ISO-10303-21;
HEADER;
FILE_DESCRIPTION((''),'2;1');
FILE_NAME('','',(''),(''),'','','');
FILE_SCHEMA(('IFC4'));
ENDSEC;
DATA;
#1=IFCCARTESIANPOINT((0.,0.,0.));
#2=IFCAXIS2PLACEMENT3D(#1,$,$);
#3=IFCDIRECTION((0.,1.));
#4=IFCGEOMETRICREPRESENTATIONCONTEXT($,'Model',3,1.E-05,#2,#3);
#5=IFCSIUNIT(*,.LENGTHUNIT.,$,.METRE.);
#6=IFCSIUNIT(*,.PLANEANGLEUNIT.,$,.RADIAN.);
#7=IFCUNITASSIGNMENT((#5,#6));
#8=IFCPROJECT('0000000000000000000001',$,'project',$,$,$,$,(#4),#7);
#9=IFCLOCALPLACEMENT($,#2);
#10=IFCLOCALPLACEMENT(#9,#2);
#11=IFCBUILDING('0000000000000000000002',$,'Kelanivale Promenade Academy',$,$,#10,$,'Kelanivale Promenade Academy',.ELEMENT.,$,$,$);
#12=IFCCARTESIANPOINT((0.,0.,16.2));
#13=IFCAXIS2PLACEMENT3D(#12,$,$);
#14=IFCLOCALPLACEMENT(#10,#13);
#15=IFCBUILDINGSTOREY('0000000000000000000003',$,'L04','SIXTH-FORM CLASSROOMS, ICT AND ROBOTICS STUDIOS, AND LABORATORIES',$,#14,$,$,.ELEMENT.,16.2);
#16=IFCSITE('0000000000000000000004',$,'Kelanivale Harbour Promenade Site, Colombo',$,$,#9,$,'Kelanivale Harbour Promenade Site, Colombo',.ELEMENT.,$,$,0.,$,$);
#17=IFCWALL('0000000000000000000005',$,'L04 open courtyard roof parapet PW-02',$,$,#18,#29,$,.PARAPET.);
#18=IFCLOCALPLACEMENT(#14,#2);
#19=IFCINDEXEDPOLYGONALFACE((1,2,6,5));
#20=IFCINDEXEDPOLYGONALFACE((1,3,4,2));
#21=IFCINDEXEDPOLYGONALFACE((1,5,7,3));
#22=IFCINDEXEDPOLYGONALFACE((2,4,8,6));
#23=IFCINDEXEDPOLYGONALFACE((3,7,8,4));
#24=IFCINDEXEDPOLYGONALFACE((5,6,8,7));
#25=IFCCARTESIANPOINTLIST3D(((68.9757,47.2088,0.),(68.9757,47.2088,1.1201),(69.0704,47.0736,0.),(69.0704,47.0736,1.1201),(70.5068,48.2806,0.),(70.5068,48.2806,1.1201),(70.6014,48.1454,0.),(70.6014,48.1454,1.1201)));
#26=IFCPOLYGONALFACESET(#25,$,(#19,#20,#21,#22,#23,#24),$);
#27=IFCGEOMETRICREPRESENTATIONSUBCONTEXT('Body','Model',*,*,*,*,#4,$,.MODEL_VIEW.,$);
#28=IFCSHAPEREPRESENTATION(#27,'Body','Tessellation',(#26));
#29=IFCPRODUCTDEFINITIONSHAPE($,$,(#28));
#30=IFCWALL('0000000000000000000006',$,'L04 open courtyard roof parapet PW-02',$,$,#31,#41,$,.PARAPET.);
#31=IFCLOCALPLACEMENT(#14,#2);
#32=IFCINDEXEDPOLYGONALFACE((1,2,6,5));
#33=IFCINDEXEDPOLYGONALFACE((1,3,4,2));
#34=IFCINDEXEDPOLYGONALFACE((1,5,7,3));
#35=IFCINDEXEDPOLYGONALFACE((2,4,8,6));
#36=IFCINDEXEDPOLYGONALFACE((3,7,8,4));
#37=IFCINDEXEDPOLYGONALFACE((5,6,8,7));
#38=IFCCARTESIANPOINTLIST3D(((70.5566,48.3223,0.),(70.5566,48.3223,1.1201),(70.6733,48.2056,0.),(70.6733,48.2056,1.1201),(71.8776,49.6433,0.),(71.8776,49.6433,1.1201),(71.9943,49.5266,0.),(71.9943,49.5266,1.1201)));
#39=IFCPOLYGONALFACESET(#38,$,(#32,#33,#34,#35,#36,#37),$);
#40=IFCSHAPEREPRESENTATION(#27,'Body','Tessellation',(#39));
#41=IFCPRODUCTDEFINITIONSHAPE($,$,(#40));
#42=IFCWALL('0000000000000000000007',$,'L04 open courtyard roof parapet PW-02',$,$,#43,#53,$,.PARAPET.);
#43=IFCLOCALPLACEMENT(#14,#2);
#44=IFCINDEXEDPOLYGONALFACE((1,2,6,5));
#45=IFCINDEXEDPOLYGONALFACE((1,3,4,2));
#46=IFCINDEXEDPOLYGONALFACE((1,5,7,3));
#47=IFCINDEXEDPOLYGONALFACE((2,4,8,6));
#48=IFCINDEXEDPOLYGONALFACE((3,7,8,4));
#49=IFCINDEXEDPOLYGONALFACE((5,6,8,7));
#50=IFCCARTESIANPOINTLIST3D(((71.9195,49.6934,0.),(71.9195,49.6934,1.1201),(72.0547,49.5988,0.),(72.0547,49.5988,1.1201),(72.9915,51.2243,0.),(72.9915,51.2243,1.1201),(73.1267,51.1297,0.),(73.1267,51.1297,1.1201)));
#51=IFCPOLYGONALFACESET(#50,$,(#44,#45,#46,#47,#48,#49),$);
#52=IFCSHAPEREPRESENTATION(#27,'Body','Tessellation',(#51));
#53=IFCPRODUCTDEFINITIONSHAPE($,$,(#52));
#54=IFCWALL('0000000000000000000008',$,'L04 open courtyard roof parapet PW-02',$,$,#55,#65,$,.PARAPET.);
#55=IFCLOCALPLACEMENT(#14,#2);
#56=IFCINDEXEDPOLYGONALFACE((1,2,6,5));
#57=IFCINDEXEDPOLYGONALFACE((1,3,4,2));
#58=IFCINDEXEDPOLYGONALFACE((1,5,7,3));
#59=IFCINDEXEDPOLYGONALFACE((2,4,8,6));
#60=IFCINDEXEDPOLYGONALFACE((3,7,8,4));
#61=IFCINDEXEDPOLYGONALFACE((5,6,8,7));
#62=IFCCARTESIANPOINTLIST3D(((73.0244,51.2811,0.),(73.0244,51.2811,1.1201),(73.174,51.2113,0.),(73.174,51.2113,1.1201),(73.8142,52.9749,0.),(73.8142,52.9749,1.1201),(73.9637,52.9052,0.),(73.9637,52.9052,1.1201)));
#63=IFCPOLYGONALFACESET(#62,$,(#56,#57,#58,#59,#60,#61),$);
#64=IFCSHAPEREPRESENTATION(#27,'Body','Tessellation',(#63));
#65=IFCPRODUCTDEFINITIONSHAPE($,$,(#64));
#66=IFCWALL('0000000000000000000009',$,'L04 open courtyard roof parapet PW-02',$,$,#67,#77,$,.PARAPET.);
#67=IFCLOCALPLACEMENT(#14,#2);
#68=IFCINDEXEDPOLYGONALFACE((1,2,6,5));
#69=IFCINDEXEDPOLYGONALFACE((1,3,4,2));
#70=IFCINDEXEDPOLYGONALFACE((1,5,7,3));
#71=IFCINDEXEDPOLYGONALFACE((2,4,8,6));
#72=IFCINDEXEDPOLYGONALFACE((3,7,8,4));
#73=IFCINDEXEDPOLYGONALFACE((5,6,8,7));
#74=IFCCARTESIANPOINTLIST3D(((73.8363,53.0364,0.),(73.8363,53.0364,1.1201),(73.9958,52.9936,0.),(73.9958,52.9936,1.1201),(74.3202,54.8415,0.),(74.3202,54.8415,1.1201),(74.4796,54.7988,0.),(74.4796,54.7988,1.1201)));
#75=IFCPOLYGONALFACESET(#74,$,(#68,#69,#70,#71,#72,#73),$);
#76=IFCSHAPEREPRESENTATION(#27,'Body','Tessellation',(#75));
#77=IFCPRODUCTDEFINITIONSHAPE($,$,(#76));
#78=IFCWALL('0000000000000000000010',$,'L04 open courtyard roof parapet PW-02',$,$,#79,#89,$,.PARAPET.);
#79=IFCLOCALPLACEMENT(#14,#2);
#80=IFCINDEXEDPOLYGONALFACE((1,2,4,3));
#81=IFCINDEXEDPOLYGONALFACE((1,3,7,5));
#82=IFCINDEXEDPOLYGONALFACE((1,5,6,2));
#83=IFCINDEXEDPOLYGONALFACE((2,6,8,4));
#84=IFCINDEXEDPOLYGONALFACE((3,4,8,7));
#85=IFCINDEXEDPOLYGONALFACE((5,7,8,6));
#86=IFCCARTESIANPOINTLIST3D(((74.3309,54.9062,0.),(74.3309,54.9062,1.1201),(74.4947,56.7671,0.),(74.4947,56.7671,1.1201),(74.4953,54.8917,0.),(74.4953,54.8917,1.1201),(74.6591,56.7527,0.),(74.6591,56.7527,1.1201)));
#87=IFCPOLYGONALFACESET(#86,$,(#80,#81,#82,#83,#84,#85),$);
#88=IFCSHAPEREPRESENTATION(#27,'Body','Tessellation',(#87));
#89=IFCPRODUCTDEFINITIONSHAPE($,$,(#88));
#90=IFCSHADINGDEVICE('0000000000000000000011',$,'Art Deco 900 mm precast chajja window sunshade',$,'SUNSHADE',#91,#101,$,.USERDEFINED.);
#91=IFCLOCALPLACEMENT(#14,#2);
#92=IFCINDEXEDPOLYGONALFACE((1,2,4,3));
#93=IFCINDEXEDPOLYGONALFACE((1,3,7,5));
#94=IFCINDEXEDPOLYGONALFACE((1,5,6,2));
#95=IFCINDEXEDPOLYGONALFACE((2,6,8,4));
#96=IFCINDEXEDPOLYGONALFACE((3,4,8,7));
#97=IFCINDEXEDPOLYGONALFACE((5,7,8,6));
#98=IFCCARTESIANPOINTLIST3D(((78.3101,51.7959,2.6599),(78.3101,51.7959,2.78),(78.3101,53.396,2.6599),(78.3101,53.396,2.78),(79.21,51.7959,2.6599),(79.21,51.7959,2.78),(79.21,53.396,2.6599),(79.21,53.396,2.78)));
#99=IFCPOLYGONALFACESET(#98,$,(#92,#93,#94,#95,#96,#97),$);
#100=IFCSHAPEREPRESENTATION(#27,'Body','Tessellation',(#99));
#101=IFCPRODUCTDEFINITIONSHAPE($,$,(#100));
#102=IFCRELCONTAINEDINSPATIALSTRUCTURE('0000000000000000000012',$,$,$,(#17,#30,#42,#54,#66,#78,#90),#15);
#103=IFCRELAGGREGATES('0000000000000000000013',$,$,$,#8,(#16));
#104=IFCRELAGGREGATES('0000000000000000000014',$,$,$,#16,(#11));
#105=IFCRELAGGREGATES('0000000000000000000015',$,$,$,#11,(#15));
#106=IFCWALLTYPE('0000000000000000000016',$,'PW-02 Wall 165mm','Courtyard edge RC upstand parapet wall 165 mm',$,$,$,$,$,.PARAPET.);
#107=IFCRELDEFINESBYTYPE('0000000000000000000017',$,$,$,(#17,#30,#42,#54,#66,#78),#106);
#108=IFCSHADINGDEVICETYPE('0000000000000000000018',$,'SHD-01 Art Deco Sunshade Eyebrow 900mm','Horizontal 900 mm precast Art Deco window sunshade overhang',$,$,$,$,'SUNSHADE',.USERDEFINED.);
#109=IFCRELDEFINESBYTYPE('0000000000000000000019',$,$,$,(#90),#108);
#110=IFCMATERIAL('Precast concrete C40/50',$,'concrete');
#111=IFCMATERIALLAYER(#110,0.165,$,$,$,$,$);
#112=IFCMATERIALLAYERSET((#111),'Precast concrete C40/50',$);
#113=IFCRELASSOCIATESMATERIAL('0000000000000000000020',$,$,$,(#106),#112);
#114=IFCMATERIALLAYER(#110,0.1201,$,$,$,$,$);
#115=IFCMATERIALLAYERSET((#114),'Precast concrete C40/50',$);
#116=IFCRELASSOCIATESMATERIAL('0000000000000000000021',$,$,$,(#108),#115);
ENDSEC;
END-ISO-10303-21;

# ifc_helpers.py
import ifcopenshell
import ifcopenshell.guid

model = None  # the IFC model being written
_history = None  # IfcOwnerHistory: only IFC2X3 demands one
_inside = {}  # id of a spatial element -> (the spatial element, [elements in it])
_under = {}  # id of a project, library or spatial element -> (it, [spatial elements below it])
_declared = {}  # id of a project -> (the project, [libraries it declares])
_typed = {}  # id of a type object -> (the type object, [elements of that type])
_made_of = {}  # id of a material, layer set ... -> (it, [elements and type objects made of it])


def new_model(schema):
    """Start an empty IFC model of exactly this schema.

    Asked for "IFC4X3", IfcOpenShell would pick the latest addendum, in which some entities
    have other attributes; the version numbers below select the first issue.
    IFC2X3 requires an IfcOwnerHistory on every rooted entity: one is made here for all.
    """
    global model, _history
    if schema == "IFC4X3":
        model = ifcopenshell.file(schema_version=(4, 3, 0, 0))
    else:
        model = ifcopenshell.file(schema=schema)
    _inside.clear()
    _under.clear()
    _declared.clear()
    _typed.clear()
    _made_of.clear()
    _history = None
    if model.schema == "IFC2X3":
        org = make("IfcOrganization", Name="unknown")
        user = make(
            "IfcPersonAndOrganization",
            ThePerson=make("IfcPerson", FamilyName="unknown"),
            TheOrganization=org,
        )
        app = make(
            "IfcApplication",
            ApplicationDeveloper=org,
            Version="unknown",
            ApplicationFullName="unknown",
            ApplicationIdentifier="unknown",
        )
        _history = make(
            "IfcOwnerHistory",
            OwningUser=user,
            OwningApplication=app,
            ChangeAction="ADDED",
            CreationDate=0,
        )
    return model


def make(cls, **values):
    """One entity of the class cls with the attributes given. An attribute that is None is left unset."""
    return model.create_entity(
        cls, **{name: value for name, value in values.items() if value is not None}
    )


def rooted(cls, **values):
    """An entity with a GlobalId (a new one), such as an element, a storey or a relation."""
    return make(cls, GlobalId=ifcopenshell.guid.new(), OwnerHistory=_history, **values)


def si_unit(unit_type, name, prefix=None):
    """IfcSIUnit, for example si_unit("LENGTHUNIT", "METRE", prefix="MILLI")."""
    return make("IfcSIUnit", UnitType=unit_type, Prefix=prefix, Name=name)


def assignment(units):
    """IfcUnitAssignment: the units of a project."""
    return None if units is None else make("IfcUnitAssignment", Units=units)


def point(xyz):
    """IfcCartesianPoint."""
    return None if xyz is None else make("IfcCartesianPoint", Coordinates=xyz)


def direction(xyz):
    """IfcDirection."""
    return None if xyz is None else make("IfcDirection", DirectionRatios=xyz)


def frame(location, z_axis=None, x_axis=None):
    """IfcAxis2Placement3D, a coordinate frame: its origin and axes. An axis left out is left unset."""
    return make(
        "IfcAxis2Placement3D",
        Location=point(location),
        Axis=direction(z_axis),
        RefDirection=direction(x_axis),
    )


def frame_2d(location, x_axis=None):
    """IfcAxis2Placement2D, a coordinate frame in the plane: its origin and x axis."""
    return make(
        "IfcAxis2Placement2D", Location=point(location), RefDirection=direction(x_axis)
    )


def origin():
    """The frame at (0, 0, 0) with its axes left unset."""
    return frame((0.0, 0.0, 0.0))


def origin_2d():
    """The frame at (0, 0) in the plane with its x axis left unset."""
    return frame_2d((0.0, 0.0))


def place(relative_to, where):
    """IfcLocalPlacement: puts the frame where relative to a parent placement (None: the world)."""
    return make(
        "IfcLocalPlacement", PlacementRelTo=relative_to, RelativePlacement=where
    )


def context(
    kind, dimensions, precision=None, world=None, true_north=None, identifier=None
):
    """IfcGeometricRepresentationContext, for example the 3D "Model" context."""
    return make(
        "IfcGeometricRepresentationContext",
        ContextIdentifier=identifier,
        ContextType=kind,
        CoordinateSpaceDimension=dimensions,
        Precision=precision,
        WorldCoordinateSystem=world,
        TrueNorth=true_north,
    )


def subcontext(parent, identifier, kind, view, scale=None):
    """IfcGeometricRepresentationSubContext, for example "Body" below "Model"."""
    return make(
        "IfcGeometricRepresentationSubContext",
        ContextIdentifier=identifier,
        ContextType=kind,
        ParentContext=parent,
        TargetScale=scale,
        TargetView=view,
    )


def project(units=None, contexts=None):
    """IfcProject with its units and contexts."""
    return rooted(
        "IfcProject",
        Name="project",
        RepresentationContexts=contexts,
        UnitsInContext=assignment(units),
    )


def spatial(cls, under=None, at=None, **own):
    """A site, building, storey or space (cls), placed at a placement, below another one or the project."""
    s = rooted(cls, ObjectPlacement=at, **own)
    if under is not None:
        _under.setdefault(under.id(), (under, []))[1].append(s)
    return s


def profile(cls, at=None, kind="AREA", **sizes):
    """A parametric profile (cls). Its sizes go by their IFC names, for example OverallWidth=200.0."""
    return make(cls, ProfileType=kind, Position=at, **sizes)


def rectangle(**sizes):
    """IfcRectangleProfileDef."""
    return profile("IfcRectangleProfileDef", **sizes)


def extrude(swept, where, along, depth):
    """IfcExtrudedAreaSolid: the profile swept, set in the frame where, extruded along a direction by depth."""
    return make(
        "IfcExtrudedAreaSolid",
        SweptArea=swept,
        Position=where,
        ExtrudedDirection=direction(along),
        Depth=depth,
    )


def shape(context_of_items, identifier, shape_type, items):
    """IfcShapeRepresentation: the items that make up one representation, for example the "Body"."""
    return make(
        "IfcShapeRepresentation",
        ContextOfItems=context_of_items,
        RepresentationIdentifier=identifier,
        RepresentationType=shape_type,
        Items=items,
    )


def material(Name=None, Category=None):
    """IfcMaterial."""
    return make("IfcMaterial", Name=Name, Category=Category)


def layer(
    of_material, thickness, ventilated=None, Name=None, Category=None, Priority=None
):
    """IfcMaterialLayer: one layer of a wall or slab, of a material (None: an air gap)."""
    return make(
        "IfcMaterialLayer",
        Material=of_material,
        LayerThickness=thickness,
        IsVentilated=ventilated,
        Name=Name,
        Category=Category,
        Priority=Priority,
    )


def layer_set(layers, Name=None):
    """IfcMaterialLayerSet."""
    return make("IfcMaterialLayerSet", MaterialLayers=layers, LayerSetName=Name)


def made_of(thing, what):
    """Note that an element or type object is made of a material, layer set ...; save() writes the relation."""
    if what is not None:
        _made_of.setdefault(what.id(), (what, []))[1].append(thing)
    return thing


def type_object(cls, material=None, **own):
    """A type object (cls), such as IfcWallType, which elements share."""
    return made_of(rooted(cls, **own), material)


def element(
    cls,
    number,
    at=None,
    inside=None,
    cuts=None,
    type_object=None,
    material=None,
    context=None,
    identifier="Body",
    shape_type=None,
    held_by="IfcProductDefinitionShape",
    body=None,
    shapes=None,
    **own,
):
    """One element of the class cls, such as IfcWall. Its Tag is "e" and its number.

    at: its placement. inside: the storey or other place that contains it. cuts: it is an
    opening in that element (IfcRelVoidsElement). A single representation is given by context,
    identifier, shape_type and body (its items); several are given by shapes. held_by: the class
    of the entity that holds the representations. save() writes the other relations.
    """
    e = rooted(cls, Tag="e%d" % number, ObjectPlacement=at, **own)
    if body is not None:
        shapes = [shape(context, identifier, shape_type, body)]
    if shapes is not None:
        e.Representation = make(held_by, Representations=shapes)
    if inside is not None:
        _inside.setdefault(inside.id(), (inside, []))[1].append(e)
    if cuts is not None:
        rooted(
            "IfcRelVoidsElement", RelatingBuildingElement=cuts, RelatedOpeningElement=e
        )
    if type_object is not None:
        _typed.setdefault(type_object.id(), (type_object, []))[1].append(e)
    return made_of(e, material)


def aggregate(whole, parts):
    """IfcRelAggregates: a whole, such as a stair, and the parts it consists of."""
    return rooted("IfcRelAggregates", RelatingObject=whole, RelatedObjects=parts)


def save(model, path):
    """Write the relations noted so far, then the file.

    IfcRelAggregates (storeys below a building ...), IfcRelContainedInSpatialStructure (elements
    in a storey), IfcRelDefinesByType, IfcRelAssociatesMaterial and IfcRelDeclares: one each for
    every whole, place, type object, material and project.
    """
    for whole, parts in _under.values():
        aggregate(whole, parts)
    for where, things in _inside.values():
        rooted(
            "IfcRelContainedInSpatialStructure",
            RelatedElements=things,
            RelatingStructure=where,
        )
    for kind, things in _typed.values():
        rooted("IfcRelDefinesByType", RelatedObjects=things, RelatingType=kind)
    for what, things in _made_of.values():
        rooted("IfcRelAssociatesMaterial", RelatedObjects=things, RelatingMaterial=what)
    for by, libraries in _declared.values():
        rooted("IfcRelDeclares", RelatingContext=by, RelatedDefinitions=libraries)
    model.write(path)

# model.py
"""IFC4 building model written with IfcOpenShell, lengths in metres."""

from ifc_helpers import new_model, si_unit, direction, frame, frame_2d, origin, origin_2d, place, context, subcontext, project, spatial, rectangle, extrude, material, layer, layer_set, type_object, element, save


model = new_model("IFC4")

# Units and contexts
model_context = context("Model", 3, precision=1e-05, world=origin(), true_north=direction((0.0, 1.0)))
body_context = subcontext(model_context, "Body", "Model", "MODEL_VIEW")
ifc_project = project(units=[si_unit("LENGTHUNIT", "METRE"), si_unit("PLANEANGLEUNIT", "RADIAN")], contexts=[model_context])

# Site, building, storey
site_placement = place(None, origin())
site = spatial("IfcSite", under=ifc_project, at=site_placement, Name="Kelanivale Harbour Promenade Site, Colombo", LongName="Kelanivale Harbour Promenade Site, Colombo", CompositionType="ELEMENT", RefElevation=0.0)
building_placement = place(site_placement, origin())
building = spatial("IfcBuilding", under=site, at=building_placement, Name="Kelanivale Promenade Academy", LongName="Kelanivale Promenade Academy", CompositionType="ELEMENT")
storey_placement = place(building_placement, frame((0.0, 0.0, 16.2)))
storey = spatial("IfcBuildingStorey", under=building, at=storey_placement, Name="L04", Description="SIXTH-FORM CLASSROOMS, ICT AND ROBOTICS STUDIOS, AND LABORATORIES", CompositionType="ELEMENT", Elevation=16.2)

# Walls
ifc_material_1 = material(Name="Precast concrete C40/50", Category="concrete")
ifc_layer_1 = layer(ifc_material_1, 0.165)
ifc_layer_set_1 = layer_set([ifc_layer_1], Name="Precast concrete C40/50")
wall_type_1 = type_object("IfcWallType", Name="PW-02 Wall 165mm", Description="Courtyard edge RC upstand parapet wall 165 mm", PredefinedType="PARAPET", material=ifc_layer_set_1)
wall_1_placement = place(storey_placement, frame((69.0229, 47.1411, 0.0), z_axis=(0.0, 0.0, 1.0), x_axis=(0.819214, 0.573489, 0.0)))
element("IfcWall", 1, at=wall_1_placement, inside=storey, type_object=wall_type_1, Name="L04 open courtyard roof parapet PW-02", PredefinedType="PARAPET", context=body_context, shape_type="SweptSolid", body=[
    extrude(rectangle(XDim=1.8689, YDim=0.165, at=frame_2d((0.9346, 0.0))), origin(), (0.0, 0.0, 1.0), 1.1201),
])
wall_2_placement = place(storey_placement, frame((70.615, 48.2639, 0.0), z_axis=(0.0, 0.0, 1.0), x_axis=(0.707107, 0.707107, 0.0)))
element("IfcWall", 2, at=wall_2_placement, inside=storey, type_object=wall_type_1, Name="L04 open courtyard roof parapet PW-02", PredefinedType="PARAPET", context=body_context, shape_type="SweptSolid", body=[
    extrude(rectangle(XDim=1.8682, YDim=0.165, at=frame_2d((0.9341, 0.0))), origin(), (0.0, 0.0, 1.0), 1.1201),
])
for number, where, z_axis, x_axis, name in (
    (3, (71.9871, 49.646, 0.0), (0.0, 0.0, 1.0), (0.573576, 0.819152, 0.0), "L04 open courtyard roof parapet PW-02"),
    (4, (73.0991, 51.2461, 0.0), (0.0, 0.0, 1.0), (0.422592, 0.90632, 0.0), "L04 open courtyard roof parapet PW-02"),
    (5, (73.916, 53.0149, 0.0), (0.0, 0.0, 1.0), (0.258915, 0.9659, 0.0), "L04 open courtyard roof parapet PW-02"),
):
    element("IfcWall", number, at=place(storey_placement, frame(where, z_axis=z_axis, x_axis=x_axis)), inside=storey, type_object=wall_type_1, Name=name, PredefinedType="PARAPET", context=body_context, shape_type="SweptSolid", body=[
        extrude(rectangle(XDim=1.8689, YDim=0.165, at=frame_2d((0.9346, 0.0))), origin(), (0.0, 0.0, 1.0), 1.1201),
    ])
wall_3_placement = place(storey_placement, frame((74.4131, 54.8989, 0.0), z_axis=(0.0, 0.0, 1.0), x_axis=(0.087684, 0.996148, 0.0)))
element("IfcWall", 6, at=wall_3_placement, inside=storey, type_object=wall_type_1, Name="L04 open courtyard roof parapet PW-02", PredefinedType="PARAPET", context=body_context, shape_type="SweptSolid", body=[
    extrude(rectangle(XDim=1.8682, YDim=0.165, at=frame_2d((0.9341, 0.0))), origin(), (0.0, 0.0, 1.0), 1.1201),
])

# Shading device
ifc_layer_2 = layer(ifc_material_1, 0.1201)
ifc_layer_set_2 = layer_set([ifc_layer_2], Name="Precast concrete C40/50")
shading_device_type = type_object("IfcShadingDeviceType", Name="SHD-01 Art Deco Sunshade Eyebrow 900mm", Description="Horizontal 900 mm precast Art Deco window sunshade overhang", ElementType="SUNSHADE", PredefinedType="USERDEFINED", material=ifc_layer_set_2)
shading_device_placement = place(storey_placement, frame((78.76, 52.5959, 2.6599), z_axis=(0.0, 0.0, 1.0), x_axis=(0.0, -1.0, 0.0)))
element("IfcShadingDevice", 7, at=shading_device_placement, inside=storey, type_object=shading_device_type, Name="Art Deco 900 mm precast chajja window sunshade", ObjectType="SUNSHADE", PredefinedType="USERDEFINED", context=body_context, shape_type="SweptSolid", body=[
    extrude(rectangle(XDim=1.6001, YDim=0.8999, at=origin_2d()), origin(), (0.0, 0.0, 1.0), 0.1201),
])

save(model, "model.ifc")
